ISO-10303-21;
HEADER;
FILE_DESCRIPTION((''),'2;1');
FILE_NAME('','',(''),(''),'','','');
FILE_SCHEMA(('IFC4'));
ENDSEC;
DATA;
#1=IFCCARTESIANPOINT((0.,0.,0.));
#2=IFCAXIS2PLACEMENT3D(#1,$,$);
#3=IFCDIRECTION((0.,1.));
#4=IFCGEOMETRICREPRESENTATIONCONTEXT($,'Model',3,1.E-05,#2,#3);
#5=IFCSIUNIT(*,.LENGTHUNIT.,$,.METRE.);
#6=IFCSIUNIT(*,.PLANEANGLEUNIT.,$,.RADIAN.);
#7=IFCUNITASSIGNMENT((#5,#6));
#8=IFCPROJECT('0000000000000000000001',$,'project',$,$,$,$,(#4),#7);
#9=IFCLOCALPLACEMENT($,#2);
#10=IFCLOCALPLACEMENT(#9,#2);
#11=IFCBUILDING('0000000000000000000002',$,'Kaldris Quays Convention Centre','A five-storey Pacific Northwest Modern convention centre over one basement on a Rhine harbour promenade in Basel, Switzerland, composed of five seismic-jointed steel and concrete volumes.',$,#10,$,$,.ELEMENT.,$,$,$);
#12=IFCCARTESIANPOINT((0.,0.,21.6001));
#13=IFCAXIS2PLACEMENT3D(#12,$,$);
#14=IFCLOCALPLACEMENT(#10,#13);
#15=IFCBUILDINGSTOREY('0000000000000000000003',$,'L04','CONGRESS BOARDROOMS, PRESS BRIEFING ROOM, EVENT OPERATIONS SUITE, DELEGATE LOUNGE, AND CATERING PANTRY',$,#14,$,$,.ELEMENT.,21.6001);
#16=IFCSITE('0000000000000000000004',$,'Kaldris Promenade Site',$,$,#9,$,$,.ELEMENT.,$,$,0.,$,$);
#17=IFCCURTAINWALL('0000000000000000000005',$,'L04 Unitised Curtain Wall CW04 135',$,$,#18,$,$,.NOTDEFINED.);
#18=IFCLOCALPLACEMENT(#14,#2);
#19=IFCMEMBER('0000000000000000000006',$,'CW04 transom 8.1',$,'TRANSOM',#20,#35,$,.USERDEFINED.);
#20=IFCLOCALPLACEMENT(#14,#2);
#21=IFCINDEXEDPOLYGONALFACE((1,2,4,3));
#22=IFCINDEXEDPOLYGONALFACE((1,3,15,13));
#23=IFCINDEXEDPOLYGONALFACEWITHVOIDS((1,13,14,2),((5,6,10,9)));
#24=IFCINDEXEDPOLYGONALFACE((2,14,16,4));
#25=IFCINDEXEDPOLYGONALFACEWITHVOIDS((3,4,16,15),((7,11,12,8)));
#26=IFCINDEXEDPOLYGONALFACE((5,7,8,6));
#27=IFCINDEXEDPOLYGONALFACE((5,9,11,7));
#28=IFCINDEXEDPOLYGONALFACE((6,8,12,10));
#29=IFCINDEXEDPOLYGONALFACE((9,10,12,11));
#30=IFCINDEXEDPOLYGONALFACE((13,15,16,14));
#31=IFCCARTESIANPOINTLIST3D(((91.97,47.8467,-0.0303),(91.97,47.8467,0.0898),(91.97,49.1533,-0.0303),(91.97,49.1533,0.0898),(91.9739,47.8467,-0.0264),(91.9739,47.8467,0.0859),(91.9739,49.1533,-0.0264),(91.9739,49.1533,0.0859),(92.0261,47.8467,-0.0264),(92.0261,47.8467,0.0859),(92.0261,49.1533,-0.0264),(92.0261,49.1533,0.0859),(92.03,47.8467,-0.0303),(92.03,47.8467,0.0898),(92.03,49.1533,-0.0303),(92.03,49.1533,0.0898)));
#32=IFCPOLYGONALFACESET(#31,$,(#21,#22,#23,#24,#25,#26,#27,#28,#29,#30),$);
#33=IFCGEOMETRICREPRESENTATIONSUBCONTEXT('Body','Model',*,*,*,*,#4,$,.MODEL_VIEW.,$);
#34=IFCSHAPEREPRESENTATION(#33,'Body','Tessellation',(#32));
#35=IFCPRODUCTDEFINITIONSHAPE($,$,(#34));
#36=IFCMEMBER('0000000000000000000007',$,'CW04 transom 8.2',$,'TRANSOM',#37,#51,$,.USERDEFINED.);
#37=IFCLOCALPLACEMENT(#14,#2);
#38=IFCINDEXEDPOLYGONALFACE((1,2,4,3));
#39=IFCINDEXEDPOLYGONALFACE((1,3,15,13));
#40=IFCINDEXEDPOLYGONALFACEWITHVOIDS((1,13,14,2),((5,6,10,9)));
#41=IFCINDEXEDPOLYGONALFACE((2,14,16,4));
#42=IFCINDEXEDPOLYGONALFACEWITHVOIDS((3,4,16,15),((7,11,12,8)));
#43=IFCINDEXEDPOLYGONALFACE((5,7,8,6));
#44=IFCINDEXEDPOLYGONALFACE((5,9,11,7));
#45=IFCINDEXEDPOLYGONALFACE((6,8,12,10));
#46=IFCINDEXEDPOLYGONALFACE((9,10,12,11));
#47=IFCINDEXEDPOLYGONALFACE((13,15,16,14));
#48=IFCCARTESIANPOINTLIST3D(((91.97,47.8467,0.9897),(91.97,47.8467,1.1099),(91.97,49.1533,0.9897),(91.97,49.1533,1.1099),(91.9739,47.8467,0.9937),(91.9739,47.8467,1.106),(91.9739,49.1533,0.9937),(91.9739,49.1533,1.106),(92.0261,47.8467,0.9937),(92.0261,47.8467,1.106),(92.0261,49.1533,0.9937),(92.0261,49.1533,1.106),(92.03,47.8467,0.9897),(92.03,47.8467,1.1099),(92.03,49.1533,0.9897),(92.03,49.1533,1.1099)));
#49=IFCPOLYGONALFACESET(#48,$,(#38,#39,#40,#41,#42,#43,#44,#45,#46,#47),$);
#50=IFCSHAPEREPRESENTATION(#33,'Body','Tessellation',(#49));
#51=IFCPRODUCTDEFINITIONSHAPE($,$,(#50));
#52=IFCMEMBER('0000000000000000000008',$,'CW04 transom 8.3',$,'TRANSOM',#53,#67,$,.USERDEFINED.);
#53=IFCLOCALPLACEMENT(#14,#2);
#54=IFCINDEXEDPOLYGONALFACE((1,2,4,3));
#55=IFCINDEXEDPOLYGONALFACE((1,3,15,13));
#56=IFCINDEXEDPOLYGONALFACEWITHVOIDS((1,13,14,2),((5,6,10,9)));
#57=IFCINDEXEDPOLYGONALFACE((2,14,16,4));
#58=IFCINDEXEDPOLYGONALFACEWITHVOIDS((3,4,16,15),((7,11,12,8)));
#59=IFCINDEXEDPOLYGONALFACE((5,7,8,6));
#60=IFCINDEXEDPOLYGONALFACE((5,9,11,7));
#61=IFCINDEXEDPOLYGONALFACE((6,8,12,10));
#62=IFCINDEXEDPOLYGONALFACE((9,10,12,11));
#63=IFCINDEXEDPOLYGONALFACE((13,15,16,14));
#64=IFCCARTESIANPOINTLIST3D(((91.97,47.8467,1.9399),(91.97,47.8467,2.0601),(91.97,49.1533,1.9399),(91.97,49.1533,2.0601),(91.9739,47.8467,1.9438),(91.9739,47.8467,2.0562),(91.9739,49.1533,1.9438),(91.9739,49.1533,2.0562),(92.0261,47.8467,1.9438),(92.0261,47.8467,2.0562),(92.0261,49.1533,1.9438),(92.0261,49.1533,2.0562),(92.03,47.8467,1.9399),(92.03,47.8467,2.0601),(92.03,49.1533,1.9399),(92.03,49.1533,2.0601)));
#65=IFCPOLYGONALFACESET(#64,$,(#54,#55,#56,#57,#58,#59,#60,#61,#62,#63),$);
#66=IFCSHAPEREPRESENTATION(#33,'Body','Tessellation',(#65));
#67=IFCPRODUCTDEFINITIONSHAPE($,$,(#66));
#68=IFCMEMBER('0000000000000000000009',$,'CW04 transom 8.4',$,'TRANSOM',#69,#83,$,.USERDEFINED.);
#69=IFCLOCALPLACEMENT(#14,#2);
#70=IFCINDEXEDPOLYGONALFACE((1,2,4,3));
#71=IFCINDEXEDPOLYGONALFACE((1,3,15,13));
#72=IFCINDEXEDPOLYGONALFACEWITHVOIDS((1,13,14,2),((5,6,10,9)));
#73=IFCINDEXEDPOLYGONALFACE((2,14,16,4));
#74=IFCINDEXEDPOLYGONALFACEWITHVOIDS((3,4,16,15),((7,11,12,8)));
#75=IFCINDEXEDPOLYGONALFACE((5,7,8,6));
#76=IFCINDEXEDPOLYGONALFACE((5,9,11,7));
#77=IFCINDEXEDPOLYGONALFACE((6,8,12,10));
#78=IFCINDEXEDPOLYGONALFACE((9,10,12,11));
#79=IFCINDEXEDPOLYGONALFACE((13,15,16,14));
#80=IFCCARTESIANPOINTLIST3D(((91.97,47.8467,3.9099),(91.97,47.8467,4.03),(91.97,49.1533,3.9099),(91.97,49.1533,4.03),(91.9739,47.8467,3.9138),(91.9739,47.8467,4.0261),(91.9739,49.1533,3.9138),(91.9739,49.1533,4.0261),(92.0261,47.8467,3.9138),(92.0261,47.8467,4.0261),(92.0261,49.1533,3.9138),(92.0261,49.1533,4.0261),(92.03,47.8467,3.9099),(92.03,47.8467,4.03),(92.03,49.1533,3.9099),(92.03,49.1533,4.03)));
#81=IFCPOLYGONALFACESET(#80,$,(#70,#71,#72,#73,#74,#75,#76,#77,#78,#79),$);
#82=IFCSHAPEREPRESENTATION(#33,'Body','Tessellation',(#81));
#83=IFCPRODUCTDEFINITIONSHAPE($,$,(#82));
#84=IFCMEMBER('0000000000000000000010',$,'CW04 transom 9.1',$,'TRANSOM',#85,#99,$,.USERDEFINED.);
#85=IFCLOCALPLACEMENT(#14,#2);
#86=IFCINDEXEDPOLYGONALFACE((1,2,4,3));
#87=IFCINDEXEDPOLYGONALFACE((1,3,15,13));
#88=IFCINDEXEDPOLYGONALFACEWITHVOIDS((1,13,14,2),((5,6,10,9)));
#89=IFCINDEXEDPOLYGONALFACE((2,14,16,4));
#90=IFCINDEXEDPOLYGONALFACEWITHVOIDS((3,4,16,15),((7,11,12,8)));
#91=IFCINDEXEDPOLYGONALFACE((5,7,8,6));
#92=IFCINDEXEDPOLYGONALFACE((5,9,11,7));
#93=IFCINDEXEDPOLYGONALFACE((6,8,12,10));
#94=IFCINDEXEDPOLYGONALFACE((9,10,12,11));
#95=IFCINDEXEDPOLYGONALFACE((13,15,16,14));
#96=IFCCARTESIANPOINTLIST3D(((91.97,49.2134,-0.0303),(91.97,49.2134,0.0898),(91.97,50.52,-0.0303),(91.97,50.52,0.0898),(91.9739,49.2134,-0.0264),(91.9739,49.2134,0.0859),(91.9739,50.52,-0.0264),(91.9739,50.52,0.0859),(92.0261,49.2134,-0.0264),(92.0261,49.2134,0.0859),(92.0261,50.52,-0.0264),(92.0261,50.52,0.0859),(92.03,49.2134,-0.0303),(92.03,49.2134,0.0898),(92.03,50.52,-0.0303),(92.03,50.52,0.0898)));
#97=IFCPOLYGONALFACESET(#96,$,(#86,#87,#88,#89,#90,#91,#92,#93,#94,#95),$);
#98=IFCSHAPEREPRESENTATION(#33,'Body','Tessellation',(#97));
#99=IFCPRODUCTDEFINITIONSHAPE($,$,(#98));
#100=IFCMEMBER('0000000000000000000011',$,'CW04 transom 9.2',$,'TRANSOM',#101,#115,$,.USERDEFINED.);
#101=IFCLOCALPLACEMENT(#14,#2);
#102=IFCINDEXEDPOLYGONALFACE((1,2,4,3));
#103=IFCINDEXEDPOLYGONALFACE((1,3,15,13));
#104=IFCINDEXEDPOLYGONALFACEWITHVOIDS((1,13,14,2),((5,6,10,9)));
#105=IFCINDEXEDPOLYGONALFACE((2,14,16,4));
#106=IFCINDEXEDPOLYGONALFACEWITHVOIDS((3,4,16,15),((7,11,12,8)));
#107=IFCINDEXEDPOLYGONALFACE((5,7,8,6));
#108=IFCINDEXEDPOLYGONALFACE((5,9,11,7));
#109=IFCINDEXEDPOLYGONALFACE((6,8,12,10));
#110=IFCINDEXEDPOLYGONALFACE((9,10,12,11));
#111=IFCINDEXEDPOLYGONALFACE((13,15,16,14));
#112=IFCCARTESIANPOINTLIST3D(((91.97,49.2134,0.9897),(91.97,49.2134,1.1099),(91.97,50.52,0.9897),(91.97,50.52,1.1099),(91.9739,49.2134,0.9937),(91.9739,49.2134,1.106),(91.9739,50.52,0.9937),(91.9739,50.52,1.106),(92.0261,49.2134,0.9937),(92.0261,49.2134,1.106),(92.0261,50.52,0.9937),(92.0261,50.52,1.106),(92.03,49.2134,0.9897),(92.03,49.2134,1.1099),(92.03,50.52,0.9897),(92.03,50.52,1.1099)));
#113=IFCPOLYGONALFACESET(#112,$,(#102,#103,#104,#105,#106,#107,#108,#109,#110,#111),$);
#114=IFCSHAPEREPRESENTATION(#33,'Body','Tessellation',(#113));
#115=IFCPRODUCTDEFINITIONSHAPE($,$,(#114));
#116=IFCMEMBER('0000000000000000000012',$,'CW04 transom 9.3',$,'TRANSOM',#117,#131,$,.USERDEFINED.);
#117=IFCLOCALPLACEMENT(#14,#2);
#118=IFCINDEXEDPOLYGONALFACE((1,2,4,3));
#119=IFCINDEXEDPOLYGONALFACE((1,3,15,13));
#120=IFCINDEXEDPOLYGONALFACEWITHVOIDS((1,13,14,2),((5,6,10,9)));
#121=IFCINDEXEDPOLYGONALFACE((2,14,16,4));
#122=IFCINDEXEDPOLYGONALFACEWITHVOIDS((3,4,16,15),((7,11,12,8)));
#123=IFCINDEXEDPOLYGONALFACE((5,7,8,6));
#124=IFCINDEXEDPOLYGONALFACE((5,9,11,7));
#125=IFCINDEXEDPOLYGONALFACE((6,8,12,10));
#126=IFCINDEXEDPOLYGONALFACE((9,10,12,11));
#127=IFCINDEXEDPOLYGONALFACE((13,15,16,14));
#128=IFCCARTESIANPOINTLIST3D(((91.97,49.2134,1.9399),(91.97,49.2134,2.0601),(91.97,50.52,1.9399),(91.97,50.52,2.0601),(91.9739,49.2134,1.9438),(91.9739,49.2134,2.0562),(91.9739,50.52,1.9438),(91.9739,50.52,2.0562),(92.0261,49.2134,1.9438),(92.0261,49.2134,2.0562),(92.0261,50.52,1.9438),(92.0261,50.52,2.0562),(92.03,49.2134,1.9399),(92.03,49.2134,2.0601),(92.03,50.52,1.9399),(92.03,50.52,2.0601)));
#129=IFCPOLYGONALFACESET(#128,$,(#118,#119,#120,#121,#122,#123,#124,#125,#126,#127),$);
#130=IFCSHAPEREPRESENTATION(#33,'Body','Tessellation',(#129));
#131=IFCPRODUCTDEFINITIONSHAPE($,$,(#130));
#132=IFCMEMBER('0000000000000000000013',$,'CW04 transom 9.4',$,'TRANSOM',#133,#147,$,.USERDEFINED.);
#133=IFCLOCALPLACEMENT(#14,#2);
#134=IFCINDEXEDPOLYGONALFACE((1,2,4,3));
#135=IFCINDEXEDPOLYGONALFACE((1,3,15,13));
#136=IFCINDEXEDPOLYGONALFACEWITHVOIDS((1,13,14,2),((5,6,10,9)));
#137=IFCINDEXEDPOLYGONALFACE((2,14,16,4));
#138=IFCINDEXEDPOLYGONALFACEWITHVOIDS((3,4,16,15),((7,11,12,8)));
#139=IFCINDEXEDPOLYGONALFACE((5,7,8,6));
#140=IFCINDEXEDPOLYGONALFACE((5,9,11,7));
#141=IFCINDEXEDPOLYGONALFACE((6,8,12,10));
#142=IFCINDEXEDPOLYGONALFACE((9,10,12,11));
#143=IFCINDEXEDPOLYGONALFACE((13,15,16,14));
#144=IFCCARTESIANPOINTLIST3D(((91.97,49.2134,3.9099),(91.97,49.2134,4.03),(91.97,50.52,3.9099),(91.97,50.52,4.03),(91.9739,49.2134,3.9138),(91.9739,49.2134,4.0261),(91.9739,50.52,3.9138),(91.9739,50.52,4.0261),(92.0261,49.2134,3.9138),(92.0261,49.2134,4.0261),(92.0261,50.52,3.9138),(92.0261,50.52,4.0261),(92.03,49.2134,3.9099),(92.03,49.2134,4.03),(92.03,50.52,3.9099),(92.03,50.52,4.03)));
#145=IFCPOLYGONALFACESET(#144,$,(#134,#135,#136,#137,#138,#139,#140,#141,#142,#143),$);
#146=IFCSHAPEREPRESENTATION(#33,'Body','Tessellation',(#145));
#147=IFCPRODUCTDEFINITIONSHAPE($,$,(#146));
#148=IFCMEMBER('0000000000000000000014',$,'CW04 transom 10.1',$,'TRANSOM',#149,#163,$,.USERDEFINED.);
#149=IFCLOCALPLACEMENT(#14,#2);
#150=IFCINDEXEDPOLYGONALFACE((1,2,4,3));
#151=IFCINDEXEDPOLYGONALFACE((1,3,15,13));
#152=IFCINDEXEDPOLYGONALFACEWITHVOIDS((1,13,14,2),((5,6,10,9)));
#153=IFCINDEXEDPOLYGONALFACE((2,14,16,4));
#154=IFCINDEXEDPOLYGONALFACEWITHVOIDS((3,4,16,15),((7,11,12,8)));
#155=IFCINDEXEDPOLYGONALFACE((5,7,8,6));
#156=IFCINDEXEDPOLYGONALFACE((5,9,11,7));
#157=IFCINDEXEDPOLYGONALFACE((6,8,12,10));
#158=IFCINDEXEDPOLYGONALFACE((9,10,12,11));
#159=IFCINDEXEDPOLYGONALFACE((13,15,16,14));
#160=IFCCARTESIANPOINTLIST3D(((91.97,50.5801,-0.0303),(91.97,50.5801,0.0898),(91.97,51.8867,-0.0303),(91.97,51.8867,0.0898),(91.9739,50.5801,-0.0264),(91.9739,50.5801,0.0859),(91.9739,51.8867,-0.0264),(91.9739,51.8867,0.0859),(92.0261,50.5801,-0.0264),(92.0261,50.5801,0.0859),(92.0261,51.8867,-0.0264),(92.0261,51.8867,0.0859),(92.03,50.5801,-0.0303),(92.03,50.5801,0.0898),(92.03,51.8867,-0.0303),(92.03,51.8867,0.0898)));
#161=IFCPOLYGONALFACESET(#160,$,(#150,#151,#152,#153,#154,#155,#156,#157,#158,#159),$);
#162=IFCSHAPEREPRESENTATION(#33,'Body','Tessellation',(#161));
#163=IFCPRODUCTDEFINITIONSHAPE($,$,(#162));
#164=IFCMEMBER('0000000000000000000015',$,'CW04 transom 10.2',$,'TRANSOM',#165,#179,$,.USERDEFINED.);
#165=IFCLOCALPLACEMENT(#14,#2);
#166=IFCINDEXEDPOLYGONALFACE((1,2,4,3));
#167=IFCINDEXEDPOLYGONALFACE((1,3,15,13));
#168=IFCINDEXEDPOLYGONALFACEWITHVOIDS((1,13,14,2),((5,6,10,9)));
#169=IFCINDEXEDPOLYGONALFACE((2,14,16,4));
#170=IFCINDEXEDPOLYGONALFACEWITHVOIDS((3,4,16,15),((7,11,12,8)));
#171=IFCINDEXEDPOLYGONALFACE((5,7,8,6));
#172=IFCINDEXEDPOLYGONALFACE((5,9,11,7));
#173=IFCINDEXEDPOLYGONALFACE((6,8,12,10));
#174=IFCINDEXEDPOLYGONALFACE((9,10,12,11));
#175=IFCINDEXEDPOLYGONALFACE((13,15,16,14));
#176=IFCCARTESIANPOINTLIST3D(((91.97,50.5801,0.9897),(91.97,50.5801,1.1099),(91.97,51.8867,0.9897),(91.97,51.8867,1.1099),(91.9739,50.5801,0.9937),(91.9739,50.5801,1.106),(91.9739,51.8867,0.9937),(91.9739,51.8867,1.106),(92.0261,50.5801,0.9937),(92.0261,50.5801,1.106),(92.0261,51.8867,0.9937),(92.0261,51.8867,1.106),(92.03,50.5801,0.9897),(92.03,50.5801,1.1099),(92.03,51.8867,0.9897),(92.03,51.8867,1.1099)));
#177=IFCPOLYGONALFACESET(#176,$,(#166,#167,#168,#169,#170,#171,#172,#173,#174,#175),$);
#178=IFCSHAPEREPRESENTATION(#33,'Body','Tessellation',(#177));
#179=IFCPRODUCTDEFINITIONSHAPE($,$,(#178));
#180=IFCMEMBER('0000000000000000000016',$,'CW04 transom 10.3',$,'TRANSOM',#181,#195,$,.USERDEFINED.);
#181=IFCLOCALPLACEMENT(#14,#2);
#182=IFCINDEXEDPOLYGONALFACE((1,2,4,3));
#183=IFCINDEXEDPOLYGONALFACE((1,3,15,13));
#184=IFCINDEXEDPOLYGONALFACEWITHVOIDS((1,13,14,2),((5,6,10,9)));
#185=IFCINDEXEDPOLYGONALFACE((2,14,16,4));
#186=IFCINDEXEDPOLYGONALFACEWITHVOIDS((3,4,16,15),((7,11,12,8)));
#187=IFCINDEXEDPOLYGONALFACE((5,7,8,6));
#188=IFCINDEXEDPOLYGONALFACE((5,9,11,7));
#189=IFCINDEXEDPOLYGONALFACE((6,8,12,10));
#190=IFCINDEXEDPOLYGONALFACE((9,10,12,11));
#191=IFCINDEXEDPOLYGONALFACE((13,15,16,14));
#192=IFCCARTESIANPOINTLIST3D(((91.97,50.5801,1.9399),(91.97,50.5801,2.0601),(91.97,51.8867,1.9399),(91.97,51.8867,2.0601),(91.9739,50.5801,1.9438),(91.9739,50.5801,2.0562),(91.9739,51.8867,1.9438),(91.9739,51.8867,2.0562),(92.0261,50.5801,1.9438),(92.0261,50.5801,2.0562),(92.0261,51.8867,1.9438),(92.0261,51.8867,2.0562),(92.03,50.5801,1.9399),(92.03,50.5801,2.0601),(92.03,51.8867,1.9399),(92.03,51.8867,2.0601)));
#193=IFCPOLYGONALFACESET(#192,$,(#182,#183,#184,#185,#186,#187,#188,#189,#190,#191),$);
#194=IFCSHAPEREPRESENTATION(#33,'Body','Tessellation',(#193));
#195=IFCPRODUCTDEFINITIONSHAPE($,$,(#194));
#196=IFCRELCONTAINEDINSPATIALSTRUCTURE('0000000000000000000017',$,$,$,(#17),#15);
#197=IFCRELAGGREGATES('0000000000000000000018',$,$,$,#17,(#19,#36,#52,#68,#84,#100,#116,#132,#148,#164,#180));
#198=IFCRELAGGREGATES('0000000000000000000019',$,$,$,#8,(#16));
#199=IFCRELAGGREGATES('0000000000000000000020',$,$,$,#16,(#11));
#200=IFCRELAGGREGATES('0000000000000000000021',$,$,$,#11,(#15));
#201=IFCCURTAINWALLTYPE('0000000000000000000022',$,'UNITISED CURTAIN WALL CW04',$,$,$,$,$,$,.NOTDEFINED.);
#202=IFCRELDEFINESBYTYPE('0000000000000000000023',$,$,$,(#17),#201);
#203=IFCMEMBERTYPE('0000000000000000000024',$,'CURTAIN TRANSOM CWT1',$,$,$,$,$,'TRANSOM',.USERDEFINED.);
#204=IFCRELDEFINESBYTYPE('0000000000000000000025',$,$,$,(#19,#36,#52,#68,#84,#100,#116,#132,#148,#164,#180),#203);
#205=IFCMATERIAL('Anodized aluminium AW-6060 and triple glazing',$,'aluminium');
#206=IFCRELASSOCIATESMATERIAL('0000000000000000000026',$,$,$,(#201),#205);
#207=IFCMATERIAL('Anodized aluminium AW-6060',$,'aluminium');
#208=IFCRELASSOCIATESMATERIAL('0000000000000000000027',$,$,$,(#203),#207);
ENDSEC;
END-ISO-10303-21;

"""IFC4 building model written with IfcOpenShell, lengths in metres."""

from ifc_helpers import new_model, si_unit, direction, frame, origin, origin_2d, place, context, subcontext, project, spatial, hollow_rectangle, extrude, material, material_profile, profile_set, type_object, element, aggregate, save


model = new_model("IFC4")

# Units and contexts
model_context = context("Model", 3, precision=1e-05, world=origin(), true_north=direction((0.0, 1.0)))
body_context = subcontext(model_context, "Body", "Model", "MODEL_VIEW")
ifc_project = project(units=[si_unit("LENGTHUNIT", "METRE"), si_unit("PLANEANGLEUNIT", "RADIAN")], contexts=[model_context])

# Site, building, storey
site_placement = place(None, origin())
site = spatial("IfcSite", under=ifc_project, at=site_placement, Name="Kaldris Promenade Site", CompositionType="ELEMENT", RefElevation=0.0)
building_placement = place(site_placement, origin())
building = spatial("IfcBuilding", under=site, at=building_placement, Name="Kaldris Quays Convention Centre", Description="A five-storey Pacific Northwest Modern convention centre over one basement on a Rhine harbour promenade in Basel, Switzerland, composed of five seismic-jointed steel and concrete volumes.", CompositionType="ELEMENT")
storey_placement = place(building_placement, frame((0.0, 0.0, 21.6001)))
storey = spatial("IfcBuildingStorey", under=building, at=storey_placement, Name="L04", Description="CONGRESS BOARDROOMS, PRESS BRIEFING ROOM, EVENT OPERATIONS SUITE, DELEGATE LOUNGE, AND CATERING PANTRY", CompositionType="ELEMENT", Elevation=21.6001)

# Curtain wall, members
ifc_material_1 = material(Name="Anodized aluminium AW-6060 and triple glazing", Category="aluminium")
curtain_wall_type = type_object("IfcCurtainWallType", Name="UNITISED CURTAIN WALL CW04", PredefinedType="NOTDEFINED", material=ifc_material_1)
curtain_wall_placement = place(storey_placement, origin())
curtain_wall = element("IfcCurtainWall", 1, at=curtain_wall_placement, inside=storey, type_object=curtain_wall_type, Name="L04 Unitised Curtain Wall CW04 135", PredefinedType="NOTDEFINED")
ifc_material_2 = material(Name="Anodized aluminium AW-6060", Category="aluminium")
ifc_material_profile = material_profile(ifc_material_2, hollow_rectangle(XDim=0.0601, YDim=0.1201, WallThickness=0.0039, at=origin_2d()), Name="RHS 120x60x4")
ifc_profile_set = profile_set([ifc_material_profile], Name="Anodized aluminium AW-6060")
member_type = type_object("IfcMemberType", Name="CURTAIN TRANSOM CWT1", ElementType="TRANSOM", PredefinedType="USERDEFINED", material=ifc_profile_set)
member_1_placement = place(storey_placement, frame((92.0, 47.8467, 0.0298), z_axis=(0.0, 1.0, 0.0), x_axis=(-1.0, 0.0, 0.0)))
member_1 = element("IfcMember", 2, at=member_1_placement, type_object=member_type, Name="CW04 transom 8.1", ObjectType="TRANSOM", PredefinedType="USERDEFINED", context=body_context, shape_type="SweptSolid", body=[
    extrude(hollow_rectangle(XDim=0.0601, YDim=0.1201, WallThickness=0.0039, at=origin_2d()), origin(), (0.0, 0.0, 1.0), 1.3066),
])
member_2_placement = place(storey_placement, frame((92.0, 47.8467, 1.0498), z_axis=(0.0, 1.0, 0.0), x_axis=(-1.0, 0.0, 0.0)))
member_2 = element("IfcMember", 3, at=member_2_placement, type_object=member_type, Name="CW04 transom 8.2", ObjectType="TRANSOM", PredefinedType="USERDEFINED", context=body_context, shape_type="SweptSolid", body=[
    extrude(hollow_rectangle(XDim=0.0601, YDim=0.1201, WallThickness=0.0039, at=origin_2d()), origin(), (0.0, 0.0, 1.0), 1.3066),
])
member_3_placement = place(storey_placement, frame((92.0, 47.8467, 2.0), z_axis=(0.0, 1.0, 0.0), x_axis=(-1.0, 0.0, 0.0)))
member_3 = element("IfcMember", 4, at=member_3_placement, type_object=member_type, Name="CW04 transom 8.3", ObjectType="TRANSOM", PredefinedType="USERDEFINED", context=body_context, shape_type="SweptSolid", body=[
    extrude(hollow_rectangle(XDim=0.0601, YDim=0.1201, WallThickness=0.0039, at=origin_2d()), origin(), (0.0, 0.0, 1.0), 1.3066),
])
member_4_placement = place(storey_placement, frame((92.0, 47.8467, 3.97), z_axis=(0.0, 1.0, 0.0), x_axis=(-1.0, 0.0, 0.0)))
member_4 = element("IfcMember", 5, at=member_4_placement, type_object=member_type, Name="CW04 transom 8.4", ObjectType="TRANSOM", PredefinedType="USERDEFINED", context=body_context, shape_type="SweptSolid", body=[
    extrude(hollow_rectangle(XDim=0.0601, YDim=0.1201, WallThickness=0.0039, at=origin_2d()), origin(), (0.0, 0.0, 1.0), 1.3066),
])
member_5_placement = place(storey_placement, frame((92.0, 49.2134, 0.0298), z_axis=(0.0, 1.0, 0.0), x_axis=(-1.0, 0.0, 0.0)))
member_5 = element("IfcMember", 6, at=member_5_placement, type_object=member_type, Name="CW04 transom 9.1", ObjectType="TRANSOM", PredefinedType="USERDEFINED", context=body_context, shape_type="SweptSolid", body=[
    extrude(hollow_rectangle(XDim=0.0601, YDim=0.1201, WallThickness=0.0039, at=origin_2d()), origin(), (0.0, 0.0, 1.0), 1.3066),
])
member_6_placement = place(storey_placement, frame((92.0, 49.2134, 1.0498), z_axis=(0.0, 1.0, 0.0), x_axis=(-1.0, 0.0, 0.0)))
member_6 = element("IfcMember", 7, at=member_6_placement, type_object=member_type, Name="CW04 transom 9.2", ObjectType="TRANSOM", PredefinedType="USERDEFINED", context=body_context, shape_type="SweptSolid", body=[
    extrude(hollow_rectangle(XDim=0.0601, YDim=0.1201, WallThickness=0.0039, at=origin_2d()), origin(), (0.0, 0.0, 1.0), 1.3066),
])
member_7_placement = place(storey_placement, frame((92.0, 49.2134, 2.0), z_axis=(0.0, 1.0, 0.0), x_axis=(-1.0, 0.0, 0.0)))
member_7 = element("IfcMember", 8, at=member_7_placement, type_object=member_type, Name="CW04 transom 9.3", ObjectType="TRANSOM", PredefinedType="USERDEFINED", context=body_context, shape_type="SweptSolid", body=[
    extrude(hollow_rectangle(XDim=0.0601, YDim=0.1201, WallThickness=0.0039, at=origin_2d()), origin(), (0.0, 0.0, 1.0), 1.3066),
])
member_8_placement = place(storey_placement, frame((92.0, 49.2134, 3.97), z_axis=(0.0, 1.0, 0.0), x_axis=(-1.0, 0.0, 0.0)))
member_8 = element("IfcMember", 9, at=member_8_placement, type_object=member_type, Name="CW04 transom 9.4", ObjectType="TRANSOM", PredefinedType="USERDEFINED", context=body_context, shape_type="SweptSolid", body=[
    extrude(hollow_rectangle(XDim=0.0601, YDim=0.1201, WallThickness=0.0039, at=origin_2d()), origin(), (0.0, 0.0, 1.0), 1.3066),
])
member_9_placement = place(storey_placement, frame((92.0, 50.5801, 0.0298), z_axis=(0.0, 1.0, 0.0), x_axis=(-1.0, 0.0, 0.0)))
member_9 = element("IfcMember", 10, at=member_9_placement, type_object=member_type, Name="CW04 transom 10.1", ObjectType="TRANSOM", PredefinedType="USERDEFINED", context=body_context, shape_type="SweptSolid", body=[
    extrude(hollow_rectangle(XDim=0.0601, YDim=0.1201, WallThickness=0.0039, at=origin_2d()), origin(), (0.0, 0.0, 1.0), 1.3066),
])
member_10_placement = place(storey_placement, frame((92.0, 50.5801, 1.0498), z_axis=(0.0, 1.0, 0.0), x_axis=(-1.0, 0.0, 0.0)))
member_10 = element("IfcMember", 11, at=member_10_placement, type_object=member_type, Name="CW04 transom 10.2", ObjectType="TRANSOM", PredefinedType="USERDEFINED", context=body_context, shape_type="SweptSolid", body=[
    extrude(hollow_rectangle(XDim=0.0601, YDim=0.1201, WallThickness=0.0039, at=origin_2d()), origin(), (0.0, 0.0, 1.0), 1.3066),
])
member_11_placement = place(storey_placement, frame((92.0, 50.5801, 2.0), z_axis=(0.0, 1.0, 0.0), x_axis=(-1.0, 0.0, 0.0)))
member_11 = element("IfcMember", 12, at=member_11_placement, type_object=member_type, Name="CW04 transom 10.3", ObjectType="TRANSOM", PredefinedType="USERDEFINED", context=body_context, shape_type="SweptSolid", body=[
    extrude(hollow_rectangle(XDim=0.0601, YDim=0.1201, WallThickness=0.0039, at=origin_2d()), origin(), (0.0, 0.0, 1.0), 1.3066),
])
aggregate(curtain_wall, [member_1, member_2, member_3, member_4, member_5, member_6, member_7, member_8, member_9, member_10, member_11])

save(model, "model.ifc")
